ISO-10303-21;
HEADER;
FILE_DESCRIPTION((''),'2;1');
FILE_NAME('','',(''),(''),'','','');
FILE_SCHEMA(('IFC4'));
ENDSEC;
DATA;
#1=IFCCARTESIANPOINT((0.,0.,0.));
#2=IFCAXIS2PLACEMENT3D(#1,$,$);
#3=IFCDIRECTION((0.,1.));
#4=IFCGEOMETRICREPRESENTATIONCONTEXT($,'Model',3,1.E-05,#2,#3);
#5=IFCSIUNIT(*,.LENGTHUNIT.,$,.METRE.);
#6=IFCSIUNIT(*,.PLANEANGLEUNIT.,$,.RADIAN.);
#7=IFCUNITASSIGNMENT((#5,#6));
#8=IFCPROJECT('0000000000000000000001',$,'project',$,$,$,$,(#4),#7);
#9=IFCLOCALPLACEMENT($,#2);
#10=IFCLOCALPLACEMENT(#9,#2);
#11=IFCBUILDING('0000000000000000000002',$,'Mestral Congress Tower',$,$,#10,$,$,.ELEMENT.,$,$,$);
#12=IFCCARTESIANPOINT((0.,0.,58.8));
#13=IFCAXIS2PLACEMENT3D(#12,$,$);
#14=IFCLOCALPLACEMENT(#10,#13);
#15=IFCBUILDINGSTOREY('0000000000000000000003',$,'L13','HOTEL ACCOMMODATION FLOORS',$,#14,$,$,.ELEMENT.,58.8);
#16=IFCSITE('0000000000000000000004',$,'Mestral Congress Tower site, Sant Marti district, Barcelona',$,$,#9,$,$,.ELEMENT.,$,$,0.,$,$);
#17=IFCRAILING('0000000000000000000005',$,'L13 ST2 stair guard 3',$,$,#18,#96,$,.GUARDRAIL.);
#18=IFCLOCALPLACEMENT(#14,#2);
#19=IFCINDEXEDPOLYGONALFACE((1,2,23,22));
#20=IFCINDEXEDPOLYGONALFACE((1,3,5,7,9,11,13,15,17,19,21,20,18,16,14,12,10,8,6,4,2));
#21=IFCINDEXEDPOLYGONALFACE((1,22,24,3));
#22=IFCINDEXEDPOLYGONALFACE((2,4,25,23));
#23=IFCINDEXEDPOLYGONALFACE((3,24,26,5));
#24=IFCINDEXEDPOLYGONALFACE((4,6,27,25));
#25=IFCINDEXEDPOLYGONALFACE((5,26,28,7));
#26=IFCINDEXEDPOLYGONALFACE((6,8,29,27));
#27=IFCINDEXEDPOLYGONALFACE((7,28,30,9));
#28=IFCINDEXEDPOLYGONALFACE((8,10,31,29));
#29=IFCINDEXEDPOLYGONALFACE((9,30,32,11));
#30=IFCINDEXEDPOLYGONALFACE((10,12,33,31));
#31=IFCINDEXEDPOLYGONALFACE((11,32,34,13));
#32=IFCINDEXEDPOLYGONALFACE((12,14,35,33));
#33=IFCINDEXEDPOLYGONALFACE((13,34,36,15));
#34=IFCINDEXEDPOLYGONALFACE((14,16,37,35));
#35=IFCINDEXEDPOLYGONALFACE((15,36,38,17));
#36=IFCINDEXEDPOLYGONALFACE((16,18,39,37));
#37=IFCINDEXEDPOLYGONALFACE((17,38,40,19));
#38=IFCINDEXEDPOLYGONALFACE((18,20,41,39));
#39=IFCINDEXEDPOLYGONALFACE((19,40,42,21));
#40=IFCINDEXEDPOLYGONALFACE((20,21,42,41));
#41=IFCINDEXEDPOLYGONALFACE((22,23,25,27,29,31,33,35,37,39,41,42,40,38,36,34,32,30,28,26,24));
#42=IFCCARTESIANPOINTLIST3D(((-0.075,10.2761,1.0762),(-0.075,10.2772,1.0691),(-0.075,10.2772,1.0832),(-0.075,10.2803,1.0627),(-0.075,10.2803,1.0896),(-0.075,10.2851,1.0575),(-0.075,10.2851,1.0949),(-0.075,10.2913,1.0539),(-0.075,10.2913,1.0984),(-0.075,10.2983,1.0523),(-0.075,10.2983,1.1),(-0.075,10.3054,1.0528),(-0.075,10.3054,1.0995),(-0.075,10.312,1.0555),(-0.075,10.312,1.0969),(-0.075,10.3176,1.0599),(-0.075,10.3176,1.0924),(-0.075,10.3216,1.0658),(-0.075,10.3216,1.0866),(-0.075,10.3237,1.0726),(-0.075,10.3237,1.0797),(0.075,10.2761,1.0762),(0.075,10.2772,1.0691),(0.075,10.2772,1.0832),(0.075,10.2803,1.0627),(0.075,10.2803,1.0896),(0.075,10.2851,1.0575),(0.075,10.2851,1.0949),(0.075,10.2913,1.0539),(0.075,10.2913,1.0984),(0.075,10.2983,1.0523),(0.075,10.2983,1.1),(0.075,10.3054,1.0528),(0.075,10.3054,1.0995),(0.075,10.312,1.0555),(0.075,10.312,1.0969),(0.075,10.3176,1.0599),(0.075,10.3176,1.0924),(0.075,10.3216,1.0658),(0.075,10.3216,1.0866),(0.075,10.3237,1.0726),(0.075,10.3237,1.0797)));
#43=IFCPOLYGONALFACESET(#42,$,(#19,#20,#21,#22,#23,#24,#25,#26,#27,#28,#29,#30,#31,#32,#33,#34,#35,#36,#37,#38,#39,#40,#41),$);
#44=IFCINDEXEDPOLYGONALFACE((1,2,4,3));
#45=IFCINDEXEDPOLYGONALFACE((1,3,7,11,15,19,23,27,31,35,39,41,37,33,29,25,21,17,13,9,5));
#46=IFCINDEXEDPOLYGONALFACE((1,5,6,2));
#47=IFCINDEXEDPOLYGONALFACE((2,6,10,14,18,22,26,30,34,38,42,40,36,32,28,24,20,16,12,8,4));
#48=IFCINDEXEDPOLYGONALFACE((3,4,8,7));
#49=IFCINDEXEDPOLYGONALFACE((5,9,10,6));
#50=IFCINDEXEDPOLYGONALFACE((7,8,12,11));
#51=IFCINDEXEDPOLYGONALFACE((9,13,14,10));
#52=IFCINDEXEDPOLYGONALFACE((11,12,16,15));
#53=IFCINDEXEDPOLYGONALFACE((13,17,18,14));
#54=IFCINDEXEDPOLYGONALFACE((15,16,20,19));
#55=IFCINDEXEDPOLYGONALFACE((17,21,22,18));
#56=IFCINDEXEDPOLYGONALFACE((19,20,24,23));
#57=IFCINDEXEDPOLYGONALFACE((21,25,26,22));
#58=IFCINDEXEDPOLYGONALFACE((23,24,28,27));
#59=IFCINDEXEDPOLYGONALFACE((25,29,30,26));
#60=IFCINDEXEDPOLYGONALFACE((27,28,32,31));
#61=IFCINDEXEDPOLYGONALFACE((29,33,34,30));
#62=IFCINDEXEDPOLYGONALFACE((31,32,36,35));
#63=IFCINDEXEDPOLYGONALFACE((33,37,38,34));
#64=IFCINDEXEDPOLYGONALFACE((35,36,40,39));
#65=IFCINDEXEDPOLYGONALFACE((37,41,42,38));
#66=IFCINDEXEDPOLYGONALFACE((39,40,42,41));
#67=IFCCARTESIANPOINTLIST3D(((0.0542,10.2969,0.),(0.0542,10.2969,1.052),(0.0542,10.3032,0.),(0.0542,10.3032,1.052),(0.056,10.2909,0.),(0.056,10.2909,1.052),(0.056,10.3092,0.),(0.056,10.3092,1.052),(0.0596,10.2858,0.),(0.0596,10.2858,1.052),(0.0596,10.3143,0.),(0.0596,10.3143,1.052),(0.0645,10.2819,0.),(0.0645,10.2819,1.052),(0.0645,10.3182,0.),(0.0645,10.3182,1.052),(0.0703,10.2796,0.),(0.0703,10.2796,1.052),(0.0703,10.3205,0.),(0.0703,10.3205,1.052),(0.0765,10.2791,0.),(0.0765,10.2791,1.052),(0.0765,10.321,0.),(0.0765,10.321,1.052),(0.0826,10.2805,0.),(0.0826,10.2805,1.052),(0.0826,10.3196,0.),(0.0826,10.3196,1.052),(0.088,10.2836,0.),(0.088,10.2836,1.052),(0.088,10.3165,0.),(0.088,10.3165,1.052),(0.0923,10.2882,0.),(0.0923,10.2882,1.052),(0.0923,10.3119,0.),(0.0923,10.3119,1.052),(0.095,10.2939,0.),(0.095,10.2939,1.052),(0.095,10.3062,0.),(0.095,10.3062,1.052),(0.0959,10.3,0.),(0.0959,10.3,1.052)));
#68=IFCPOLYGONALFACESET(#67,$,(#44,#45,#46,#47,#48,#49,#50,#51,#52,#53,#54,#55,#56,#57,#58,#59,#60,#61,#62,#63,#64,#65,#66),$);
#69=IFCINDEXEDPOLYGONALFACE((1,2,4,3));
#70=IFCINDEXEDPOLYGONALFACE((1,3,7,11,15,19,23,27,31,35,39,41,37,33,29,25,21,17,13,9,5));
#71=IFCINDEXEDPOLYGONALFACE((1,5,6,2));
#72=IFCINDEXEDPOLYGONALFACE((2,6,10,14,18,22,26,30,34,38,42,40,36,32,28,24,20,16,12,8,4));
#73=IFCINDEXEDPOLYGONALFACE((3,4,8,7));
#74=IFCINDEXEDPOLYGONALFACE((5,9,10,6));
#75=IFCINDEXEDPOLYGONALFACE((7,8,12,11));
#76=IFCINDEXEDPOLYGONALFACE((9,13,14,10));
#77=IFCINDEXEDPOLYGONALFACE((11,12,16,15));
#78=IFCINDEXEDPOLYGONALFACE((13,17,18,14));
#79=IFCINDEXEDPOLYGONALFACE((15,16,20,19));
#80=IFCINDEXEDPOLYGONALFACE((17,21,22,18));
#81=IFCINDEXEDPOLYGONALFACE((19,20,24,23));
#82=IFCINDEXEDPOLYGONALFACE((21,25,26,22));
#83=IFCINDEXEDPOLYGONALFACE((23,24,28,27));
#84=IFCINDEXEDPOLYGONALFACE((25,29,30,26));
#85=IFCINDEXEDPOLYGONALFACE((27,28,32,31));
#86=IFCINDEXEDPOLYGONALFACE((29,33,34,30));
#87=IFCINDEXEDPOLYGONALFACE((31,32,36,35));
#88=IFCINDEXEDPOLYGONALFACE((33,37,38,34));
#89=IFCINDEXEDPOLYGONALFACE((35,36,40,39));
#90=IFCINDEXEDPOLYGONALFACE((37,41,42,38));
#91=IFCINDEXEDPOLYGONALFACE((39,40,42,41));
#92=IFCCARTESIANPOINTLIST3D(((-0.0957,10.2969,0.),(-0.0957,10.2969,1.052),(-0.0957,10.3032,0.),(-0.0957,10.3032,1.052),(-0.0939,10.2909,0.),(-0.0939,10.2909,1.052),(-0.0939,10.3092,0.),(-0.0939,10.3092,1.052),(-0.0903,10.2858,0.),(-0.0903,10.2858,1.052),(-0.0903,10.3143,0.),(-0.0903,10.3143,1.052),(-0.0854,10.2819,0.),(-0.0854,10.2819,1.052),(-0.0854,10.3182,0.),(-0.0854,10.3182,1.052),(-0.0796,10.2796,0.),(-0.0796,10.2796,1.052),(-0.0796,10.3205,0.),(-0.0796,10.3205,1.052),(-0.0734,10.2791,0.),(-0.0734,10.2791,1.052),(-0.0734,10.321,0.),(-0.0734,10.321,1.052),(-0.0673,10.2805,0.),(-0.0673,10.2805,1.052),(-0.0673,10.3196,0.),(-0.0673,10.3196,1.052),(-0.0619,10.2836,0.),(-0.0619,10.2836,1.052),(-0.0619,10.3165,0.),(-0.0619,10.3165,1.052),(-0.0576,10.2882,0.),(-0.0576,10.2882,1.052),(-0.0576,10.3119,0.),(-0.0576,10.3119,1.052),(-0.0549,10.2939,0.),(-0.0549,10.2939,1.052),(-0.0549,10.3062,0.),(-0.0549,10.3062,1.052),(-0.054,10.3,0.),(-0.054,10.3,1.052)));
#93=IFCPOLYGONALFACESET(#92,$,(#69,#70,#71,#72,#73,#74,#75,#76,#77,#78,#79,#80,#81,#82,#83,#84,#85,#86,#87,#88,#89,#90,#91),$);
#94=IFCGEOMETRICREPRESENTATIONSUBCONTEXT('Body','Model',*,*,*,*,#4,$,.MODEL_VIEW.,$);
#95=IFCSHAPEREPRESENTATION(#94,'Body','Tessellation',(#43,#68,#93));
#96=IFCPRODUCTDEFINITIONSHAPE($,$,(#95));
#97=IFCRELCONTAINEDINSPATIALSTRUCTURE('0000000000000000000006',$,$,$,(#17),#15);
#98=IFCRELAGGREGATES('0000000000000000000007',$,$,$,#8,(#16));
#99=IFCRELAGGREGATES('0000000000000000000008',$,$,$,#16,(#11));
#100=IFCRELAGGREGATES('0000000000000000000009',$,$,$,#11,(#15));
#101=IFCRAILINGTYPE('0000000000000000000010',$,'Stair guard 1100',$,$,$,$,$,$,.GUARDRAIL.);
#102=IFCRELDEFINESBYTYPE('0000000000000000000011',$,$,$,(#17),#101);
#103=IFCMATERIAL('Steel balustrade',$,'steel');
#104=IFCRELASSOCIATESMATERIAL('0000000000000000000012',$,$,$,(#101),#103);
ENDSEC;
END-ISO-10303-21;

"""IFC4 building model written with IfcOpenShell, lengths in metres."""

from ifc_helpers import new_model, si_unit, direction, frame, origin, origin_2d, place, context, subcontext, project, spatial, circle, extrude, material, type_object, element, save


model = new_model("IFC4")

# Units and contexts
model_context = context("Model", 3, precision=1e-05, world=origin(), true_north=direction((0.0, 1.0)))
body_context = subcontext(model_context, "Body", "Model", "MODEL_VIEW")
ifc_project = project(units=[si_unit("LENGTHUNIT", "METRE"), si_unit("PLANEANGLEUNIT", "RADIAN")], contexts=[model_context])

# Site, building, storey
site_placement = place(None, origin())
site = spatial("IfcSite", under=ifc_project, at=site_placement, Name="Mestral Congress Tower site, Sant Marti district, Barcelona", CompositionType="ELEMENT", RefElevation=0.0)
building_placement = place(site_placement, origin())
building = spatial("IfcBuilding", under=site, at=building_placement, Name="Mestral Congress Tower", CompositionType="ELEMENT")
storey_placement = place(building_placement, frame((0.0, 0.0, 58.8)))
storey = spatial("IfcBuildingStorey", under=building, at=storey_placement, Name="L13", Description="HOTEL ACCOMMODATION FLOORS", CompositionType="ELEMENT", Elevation=58.8)

# Railing
ifc_material_1 = material(Name="Steel balustrade", Category="steel")
railing_type = type_object("IfcRailingType", Name="Stair guard 1100", PredefinedType="GUARDRAIL", material=ifc_material_1)
railing_1_placement = place(storey_placement, frame((0.075, 10.3, 0.0)))
element("IfcRailing", 1, at=railing_1_placement, inside=storey, type_object=railing_type, Name="L13 ST2 stair guard 3", PredefinedType="GUARDRAIL", context=body_context, shape_type="SweptSolid", body=[
    extrude(circle(Radius=0.0239, at=origin_2d()), frame((0.0, 0.0, 1.0762), z_axis=(-1.0, 0.0, 0.0), x_axis=(0.0, -1.0, 0.0)), (0.0, 0.0, 1.0), 0.1499),
    extrude(circle(Radius=0.021, at=origin_2d()), origin(), (0.0, 0.0, 1.0), 1.052),
    extrude(circle(Radius=0.021, at=origin_2d()), frame((-0.1499, 0.0, 0.0)), (0.0, 0.0, 1.0), 1.052),
])

save(model, "model.ifc")
